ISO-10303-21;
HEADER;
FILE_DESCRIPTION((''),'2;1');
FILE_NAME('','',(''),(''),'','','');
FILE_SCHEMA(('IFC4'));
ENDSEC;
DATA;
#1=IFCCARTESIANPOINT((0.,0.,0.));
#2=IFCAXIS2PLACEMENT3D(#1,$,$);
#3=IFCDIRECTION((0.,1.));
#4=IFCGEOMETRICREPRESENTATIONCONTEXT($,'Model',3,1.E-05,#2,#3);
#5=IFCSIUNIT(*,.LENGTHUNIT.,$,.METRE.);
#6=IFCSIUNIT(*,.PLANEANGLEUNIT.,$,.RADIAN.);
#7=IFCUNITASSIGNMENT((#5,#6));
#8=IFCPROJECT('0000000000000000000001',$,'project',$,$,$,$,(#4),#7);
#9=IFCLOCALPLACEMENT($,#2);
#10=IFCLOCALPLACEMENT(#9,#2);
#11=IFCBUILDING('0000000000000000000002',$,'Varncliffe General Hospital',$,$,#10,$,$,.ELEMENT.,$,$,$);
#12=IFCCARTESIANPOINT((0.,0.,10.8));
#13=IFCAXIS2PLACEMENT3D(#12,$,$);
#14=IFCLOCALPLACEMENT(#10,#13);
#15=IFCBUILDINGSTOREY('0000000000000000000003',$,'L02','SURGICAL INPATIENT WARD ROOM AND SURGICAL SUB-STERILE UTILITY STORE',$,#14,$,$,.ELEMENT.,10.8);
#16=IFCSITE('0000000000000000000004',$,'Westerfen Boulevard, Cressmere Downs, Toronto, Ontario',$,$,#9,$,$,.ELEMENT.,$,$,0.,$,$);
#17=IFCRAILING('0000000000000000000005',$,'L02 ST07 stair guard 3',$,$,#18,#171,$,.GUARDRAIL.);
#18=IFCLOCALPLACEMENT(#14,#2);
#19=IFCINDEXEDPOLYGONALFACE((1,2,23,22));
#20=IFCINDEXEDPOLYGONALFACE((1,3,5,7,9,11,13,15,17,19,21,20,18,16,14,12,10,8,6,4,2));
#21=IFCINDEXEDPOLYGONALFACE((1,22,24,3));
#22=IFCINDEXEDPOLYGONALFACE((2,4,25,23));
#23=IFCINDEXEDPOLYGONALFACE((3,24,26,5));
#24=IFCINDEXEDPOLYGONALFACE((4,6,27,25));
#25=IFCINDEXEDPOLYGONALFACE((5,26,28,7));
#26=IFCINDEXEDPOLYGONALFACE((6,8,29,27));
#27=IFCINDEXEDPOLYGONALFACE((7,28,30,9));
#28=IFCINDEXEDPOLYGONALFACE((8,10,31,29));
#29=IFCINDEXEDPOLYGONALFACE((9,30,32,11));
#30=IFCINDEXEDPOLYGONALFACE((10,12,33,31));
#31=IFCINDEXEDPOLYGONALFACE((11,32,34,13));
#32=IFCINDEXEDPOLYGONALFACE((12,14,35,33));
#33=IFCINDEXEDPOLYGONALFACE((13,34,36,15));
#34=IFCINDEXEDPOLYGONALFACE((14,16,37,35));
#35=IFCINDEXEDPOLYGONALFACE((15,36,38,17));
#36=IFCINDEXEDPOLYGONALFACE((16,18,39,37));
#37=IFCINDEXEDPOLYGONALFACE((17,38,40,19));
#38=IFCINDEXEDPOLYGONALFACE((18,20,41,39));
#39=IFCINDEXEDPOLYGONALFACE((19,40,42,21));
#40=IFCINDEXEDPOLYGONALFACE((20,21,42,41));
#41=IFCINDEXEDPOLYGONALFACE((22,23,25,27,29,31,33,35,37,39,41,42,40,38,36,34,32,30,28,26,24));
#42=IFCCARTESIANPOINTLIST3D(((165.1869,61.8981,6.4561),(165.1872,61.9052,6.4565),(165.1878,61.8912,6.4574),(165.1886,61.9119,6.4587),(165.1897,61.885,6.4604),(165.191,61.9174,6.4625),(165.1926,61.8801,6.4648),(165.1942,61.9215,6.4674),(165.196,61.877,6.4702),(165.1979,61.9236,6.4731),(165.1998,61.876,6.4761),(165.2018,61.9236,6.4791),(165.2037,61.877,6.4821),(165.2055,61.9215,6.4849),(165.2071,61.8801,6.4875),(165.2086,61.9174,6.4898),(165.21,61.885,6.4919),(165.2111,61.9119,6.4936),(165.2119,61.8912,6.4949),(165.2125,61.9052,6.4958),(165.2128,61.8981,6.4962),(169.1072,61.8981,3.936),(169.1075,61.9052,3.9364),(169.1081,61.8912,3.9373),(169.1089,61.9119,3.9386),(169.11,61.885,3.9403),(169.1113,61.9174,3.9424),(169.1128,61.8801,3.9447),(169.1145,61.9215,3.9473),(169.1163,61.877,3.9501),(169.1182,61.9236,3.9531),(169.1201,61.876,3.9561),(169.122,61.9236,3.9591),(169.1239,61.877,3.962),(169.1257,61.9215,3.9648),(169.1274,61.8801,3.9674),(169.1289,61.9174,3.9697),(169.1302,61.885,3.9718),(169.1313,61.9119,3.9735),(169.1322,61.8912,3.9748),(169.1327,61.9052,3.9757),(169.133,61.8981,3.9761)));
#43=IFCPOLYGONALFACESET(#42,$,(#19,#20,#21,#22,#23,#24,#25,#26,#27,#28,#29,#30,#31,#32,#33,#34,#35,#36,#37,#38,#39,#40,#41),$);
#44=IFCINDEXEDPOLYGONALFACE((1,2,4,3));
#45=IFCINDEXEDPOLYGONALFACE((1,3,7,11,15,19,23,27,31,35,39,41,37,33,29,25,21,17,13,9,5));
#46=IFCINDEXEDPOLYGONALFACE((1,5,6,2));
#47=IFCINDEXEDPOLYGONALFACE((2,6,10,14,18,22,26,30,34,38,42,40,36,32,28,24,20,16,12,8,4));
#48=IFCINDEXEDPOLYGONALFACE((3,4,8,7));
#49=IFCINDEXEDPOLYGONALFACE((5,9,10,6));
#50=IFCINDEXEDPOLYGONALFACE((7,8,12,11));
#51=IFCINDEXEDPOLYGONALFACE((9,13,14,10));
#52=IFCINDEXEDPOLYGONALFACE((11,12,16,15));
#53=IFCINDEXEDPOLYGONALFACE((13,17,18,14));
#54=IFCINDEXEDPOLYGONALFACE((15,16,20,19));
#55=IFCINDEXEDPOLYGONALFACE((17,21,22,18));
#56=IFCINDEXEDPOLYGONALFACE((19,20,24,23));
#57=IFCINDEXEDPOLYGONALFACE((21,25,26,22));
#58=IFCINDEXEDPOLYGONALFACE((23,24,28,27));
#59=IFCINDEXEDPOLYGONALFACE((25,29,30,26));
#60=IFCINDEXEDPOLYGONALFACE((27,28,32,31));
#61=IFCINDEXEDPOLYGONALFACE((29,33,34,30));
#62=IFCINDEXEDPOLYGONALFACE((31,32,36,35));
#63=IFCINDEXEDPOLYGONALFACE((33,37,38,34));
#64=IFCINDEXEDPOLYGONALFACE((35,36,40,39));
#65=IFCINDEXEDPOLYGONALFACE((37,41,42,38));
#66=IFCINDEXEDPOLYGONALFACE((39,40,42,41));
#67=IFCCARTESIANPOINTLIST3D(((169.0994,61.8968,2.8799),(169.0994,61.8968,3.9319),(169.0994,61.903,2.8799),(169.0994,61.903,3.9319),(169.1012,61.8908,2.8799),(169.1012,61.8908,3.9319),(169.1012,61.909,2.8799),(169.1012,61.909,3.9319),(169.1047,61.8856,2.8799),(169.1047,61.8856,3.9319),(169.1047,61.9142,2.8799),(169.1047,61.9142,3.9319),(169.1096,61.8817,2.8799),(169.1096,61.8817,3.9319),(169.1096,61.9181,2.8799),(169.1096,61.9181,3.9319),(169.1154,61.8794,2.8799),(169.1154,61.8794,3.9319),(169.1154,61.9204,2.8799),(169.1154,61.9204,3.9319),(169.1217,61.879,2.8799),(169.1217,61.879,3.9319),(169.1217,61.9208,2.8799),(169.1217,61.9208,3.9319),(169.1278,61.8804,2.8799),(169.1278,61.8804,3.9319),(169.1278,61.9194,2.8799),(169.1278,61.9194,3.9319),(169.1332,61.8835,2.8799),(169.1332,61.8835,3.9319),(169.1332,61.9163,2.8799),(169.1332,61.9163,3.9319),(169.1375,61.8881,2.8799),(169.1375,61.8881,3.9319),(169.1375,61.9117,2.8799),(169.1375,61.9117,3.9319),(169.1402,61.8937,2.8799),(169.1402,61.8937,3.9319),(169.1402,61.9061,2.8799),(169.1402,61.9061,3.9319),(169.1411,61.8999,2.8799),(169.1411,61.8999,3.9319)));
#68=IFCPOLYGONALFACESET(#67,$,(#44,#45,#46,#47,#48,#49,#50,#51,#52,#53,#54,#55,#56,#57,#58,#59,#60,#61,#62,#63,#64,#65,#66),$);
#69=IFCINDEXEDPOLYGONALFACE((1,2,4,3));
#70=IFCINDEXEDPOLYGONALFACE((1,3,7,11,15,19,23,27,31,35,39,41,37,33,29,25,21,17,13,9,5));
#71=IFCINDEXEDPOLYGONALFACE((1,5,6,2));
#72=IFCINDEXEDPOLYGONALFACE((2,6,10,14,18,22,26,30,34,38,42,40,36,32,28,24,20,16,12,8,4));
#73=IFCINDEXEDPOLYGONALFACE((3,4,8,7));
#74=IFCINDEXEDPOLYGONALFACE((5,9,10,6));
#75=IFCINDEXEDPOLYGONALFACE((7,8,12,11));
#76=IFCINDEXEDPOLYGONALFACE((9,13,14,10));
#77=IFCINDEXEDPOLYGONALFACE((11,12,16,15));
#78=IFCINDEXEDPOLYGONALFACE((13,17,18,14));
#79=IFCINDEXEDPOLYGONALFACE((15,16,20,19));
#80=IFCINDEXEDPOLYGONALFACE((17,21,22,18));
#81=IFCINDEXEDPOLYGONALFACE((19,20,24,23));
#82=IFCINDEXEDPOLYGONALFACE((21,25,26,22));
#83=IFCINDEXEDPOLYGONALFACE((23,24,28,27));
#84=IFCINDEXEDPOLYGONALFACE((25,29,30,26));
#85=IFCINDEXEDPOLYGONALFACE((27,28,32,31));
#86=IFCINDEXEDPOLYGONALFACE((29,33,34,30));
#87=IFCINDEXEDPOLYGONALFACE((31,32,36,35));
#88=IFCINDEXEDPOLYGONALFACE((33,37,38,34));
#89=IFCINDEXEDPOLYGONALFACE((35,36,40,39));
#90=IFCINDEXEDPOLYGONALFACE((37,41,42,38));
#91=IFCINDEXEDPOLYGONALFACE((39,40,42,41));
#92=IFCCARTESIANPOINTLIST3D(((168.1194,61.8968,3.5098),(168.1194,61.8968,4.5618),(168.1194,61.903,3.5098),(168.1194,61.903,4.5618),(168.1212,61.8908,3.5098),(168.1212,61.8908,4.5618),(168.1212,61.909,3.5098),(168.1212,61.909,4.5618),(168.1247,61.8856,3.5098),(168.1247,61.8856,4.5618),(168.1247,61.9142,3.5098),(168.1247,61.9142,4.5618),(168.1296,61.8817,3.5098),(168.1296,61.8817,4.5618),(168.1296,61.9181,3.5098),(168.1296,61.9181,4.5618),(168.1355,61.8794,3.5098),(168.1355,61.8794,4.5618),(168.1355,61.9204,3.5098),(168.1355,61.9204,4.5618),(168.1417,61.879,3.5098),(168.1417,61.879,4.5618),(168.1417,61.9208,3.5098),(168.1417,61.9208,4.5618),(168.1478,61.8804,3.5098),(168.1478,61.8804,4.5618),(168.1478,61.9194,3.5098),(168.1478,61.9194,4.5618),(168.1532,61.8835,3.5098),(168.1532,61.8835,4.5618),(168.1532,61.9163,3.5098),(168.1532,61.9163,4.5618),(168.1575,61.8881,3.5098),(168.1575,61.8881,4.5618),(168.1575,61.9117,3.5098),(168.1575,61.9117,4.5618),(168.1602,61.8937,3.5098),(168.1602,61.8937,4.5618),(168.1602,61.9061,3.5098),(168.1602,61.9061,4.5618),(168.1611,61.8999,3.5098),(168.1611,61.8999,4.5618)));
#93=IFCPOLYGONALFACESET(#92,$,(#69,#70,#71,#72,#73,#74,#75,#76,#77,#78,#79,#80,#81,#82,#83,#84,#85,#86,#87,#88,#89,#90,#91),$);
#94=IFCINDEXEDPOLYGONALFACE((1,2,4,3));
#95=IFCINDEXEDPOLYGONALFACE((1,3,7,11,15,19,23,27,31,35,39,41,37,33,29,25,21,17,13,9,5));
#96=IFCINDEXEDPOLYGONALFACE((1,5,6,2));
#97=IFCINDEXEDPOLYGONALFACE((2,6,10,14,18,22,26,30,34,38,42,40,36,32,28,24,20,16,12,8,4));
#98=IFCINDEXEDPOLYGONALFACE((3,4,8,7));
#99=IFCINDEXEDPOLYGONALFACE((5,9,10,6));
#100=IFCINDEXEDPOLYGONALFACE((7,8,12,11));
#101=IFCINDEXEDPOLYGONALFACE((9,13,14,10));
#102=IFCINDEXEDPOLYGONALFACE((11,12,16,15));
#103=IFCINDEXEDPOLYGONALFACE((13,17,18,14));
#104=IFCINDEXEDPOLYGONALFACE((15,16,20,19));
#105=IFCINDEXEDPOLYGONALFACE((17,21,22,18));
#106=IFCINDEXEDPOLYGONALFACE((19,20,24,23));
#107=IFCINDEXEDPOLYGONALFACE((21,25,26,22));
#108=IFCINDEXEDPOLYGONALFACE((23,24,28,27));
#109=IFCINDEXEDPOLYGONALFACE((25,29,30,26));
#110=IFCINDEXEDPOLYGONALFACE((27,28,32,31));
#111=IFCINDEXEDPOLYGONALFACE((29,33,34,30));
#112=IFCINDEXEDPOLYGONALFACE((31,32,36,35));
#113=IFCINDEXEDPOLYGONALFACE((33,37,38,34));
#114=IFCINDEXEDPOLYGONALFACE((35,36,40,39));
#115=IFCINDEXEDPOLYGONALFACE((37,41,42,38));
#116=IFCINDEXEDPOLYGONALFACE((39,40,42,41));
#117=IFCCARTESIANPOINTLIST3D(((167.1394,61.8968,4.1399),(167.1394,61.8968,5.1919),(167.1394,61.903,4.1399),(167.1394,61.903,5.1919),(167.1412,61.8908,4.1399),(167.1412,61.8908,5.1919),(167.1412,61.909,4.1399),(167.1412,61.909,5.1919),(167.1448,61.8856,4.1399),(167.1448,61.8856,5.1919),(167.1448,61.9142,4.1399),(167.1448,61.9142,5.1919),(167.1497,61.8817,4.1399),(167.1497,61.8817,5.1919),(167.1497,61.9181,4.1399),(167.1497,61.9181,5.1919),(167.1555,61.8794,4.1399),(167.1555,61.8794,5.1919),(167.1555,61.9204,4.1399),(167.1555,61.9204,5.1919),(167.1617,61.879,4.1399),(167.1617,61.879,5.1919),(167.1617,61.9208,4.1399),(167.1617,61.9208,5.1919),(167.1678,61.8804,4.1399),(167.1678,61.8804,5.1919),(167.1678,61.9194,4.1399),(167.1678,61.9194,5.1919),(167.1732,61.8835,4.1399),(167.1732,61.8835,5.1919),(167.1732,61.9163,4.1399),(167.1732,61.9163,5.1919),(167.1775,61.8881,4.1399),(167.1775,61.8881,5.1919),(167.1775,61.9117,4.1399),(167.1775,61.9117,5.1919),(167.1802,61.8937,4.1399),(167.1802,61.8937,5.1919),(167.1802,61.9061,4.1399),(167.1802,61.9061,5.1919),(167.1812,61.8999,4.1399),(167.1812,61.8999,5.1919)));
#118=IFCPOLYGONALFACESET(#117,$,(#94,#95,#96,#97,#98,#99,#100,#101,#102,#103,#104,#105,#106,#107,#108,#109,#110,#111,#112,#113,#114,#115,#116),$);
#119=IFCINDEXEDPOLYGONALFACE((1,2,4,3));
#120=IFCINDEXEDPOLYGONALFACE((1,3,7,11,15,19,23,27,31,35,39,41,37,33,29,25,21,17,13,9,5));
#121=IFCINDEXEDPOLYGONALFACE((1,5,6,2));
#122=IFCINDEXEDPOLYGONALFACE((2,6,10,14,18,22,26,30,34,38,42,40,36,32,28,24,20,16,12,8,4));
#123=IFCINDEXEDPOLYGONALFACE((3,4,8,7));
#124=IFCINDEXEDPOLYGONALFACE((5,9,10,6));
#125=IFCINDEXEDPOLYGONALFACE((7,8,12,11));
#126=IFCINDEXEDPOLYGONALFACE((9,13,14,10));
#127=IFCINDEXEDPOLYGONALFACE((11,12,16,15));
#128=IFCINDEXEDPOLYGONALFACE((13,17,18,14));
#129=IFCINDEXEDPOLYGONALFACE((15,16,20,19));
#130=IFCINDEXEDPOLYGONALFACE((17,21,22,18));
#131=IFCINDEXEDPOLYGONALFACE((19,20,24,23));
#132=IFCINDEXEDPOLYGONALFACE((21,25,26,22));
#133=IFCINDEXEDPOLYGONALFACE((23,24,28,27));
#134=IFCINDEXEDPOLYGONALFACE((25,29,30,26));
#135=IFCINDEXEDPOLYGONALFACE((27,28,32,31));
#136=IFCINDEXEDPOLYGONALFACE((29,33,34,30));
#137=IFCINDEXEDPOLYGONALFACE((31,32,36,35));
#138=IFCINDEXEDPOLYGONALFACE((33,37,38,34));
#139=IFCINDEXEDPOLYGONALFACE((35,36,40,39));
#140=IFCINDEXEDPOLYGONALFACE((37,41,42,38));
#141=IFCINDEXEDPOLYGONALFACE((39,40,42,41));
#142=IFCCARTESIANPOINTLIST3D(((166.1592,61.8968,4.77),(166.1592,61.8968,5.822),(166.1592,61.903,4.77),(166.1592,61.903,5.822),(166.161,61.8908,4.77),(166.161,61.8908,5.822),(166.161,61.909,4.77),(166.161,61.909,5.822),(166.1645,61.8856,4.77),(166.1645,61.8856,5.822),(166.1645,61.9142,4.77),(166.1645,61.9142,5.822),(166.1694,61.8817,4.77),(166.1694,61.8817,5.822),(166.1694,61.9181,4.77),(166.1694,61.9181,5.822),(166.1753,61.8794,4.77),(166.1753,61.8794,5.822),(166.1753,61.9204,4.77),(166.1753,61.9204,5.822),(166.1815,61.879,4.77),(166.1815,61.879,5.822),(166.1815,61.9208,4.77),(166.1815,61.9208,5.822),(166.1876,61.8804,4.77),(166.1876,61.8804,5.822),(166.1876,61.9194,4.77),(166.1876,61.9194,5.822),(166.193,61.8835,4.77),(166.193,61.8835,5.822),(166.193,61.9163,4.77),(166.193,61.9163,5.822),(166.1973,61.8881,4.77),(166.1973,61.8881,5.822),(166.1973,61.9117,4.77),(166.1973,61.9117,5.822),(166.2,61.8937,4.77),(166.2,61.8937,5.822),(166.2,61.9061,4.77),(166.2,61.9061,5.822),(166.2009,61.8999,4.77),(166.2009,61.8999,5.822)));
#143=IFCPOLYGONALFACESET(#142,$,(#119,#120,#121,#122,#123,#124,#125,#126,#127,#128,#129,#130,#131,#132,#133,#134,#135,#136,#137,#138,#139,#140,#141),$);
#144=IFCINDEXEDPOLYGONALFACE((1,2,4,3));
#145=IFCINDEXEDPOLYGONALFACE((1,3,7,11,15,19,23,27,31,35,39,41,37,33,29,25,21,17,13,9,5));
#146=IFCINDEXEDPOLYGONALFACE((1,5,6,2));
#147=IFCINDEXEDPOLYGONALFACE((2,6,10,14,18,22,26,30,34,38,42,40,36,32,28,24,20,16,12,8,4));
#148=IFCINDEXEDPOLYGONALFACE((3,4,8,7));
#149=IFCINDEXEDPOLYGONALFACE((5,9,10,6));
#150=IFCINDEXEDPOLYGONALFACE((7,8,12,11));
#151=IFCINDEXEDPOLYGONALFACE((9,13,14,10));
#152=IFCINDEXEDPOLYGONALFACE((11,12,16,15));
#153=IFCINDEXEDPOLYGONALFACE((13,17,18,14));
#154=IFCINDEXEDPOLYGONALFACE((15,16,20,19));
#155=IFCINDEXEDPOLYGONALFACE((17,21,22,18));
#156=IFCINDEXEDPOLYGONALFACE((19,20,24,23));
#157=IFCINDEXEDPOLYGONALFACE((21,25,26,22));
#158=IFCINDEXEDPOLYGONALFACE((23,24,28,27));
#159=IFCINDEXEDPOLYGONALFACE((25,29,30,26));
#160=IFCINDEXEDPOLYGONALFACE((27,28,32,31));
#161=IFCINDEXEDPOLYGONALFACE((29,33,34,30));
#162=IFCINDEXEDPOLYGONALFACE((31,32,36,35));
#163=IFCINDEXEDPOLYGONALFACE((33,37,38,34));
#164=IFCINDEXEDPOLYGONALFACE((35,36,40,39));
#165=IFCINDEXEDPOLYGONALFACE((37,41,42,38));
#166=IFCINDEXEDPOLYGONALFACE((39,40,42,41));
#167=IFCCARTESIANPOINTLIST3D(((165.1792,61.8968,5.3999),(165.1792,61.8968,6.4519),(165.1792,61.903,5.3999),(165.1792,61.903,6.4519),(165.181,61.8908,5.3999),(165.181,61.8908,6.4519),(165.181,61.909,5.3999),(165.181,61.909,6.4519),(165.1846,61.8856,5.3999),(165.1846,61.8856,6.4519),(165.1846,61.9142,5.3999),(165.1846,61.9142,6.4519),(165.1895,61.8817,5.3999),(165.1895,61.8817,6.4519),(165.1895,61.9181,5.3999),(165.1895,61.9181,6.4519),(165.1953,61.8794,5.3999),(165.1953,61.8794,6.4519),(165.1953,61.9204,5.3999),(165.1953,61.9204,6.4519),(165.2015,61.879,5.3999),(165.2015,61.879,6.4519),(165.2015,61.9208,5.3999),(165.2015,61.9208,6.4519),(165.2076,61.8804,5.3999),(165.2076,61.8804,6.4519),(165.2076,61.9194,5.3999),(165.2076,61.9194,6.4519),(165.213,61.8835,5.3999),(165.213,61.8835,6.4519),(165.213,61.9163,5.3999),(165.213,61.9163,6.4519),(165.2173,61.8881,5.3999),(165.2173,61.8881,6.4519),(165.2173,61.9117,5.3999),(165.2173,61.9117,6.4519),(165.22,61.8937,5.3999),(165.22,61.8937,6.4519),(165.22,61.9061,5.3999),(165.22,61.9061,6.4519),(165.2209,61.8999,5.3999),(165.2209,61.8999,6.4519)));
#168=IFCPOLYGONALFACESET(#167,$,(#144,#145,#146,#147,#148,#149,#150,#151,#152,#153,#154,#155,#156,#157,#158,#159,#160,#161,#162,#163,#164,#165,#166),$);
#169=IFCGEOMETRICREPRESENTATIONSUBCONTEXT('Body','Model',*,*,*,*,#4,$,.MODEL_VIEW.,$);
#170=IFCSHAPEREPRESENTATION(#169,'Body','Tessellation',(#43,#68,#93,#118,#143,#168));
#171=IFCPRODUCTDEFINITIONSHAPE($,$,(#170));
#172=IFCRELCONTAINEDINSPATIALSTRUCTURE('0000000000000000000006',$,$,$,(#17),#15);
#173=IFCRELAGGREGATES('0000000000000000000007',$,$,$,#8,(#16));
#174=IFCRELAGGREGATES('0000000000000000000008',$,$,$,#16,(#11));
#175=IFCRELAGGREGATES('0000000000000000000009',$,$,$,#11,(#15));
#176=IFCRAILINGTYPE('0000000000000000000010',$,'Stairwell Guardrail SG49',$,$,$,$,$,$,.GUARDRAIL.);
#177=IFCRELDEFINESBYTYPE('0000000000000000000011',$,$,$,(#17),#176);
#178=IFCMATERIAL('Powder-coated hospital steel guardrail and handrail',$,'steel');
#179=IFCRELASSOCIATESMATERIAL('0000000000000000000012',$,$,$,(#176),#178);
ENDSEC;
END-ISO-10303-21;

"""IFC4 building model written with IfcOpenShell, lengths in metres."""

from ifc_helpers import new_model, si_unit, direction, frame, origin, origin_2d, place, context, subcontext, project, spatial, circle, extrude, material, type_object, element, save


model = new_model("IFC4")

# Units and contexts
model_context = context("Model", 3, precision=1e-05, world=origin(), true_north=direction((0.0, 1.0)))
body_context = subcontext(model_context, "Body", "Model", "MODEL_VIEW")
ifc_project = project(units=[si_unit("LENGTHUNIT", "METRE"), si_unit("PLANEANGLEUNIT", "RADIAN")], contexts=[model_context])

# Site, building, storey
site_placement = place(None, origin())
site = spatial("IfcSite", under=ifc_project, at=site_placement, Name="Westerfen Boulevard, Cressmere Downs, Toronto, Ontario", CompositionType="ELEMENT", RefElevation=0.0)
building_placement = place(site_placement, origin())
building = spatial("IfcBuilding", under=site, at=building_placement, Name="Varncliffe General Hospital", CompositionType="ELEMENT")
storey_placement = place(building_placement, frame((0.0, 0.0, 10.8)))
storey = spatial("IfcBuildingStorey", under=building, at=storey_placement, Name="L02", Description="SURGICAL INPATIENT WARD ROOM AND SURGICAL SUB-STERILE UTILITY STORE", CompositionType="ELEMENT", Elevation=10.8)

# Railing
ifc_material_1 = material(Name="Powder-coated hospital steel guardrail and handrail", Category="steel")
railing_type_1 = type_object("IfcRailingType", Name="Stairwell Guardrail SG49", PredefinedType="GUARDRAIL", material=ifc_material_1)
railing_1_placement = place(storey_placement, frame((169.1201, 61.8999, 2.8799)))
element("IfcRailing", 1, at=railing_1_placement, inside=storey, type_object=railing_type_1, Name="L02 ST07 stair guard 3", PredefinedType="GUARDRAIL", context=body_context, shape_type="SweptSolid", body=[
    extrude(circle(Radius=0.0239, at=origin_2d()), frame((0.0, 0.0, 1.0762), z_axis=(-0.841187, 0.0, 0.540744), x_axis=(0.0, -1.0, 0.0)), (0.0, 0.0, 1.0), 4.6604),
    extrude(circle(Radius=0.021, at=origin_2d()), origin(), (0.0, 0.0, 1.0), 1.052),
    extrude(circle(Radius=0.021, at=origin_2d()), frame((-0.98, 0.0, 0.6299)), (0.0, 0.0, 1.0), 1.052),
    extrude(circle(Radius=0.021, at=origin_2d()), frame((-1.96, 0.0, 1.26)), (0.0, 0.0, 1.0), 1.052),
    extrude(circle(Radius=0.021, at=origin_2d()), frame((-2.9402, 0.0, 1.8901)), (0.0, 0.0, 1.0), 1.052),
    extrude(circle(Radius=0.021, at=origin_2d()), frame((-3.9202, 0.0, 2.52)), (0.0, 0.0, 1.0), 1.052),
])

save(model, "model.ifc")
